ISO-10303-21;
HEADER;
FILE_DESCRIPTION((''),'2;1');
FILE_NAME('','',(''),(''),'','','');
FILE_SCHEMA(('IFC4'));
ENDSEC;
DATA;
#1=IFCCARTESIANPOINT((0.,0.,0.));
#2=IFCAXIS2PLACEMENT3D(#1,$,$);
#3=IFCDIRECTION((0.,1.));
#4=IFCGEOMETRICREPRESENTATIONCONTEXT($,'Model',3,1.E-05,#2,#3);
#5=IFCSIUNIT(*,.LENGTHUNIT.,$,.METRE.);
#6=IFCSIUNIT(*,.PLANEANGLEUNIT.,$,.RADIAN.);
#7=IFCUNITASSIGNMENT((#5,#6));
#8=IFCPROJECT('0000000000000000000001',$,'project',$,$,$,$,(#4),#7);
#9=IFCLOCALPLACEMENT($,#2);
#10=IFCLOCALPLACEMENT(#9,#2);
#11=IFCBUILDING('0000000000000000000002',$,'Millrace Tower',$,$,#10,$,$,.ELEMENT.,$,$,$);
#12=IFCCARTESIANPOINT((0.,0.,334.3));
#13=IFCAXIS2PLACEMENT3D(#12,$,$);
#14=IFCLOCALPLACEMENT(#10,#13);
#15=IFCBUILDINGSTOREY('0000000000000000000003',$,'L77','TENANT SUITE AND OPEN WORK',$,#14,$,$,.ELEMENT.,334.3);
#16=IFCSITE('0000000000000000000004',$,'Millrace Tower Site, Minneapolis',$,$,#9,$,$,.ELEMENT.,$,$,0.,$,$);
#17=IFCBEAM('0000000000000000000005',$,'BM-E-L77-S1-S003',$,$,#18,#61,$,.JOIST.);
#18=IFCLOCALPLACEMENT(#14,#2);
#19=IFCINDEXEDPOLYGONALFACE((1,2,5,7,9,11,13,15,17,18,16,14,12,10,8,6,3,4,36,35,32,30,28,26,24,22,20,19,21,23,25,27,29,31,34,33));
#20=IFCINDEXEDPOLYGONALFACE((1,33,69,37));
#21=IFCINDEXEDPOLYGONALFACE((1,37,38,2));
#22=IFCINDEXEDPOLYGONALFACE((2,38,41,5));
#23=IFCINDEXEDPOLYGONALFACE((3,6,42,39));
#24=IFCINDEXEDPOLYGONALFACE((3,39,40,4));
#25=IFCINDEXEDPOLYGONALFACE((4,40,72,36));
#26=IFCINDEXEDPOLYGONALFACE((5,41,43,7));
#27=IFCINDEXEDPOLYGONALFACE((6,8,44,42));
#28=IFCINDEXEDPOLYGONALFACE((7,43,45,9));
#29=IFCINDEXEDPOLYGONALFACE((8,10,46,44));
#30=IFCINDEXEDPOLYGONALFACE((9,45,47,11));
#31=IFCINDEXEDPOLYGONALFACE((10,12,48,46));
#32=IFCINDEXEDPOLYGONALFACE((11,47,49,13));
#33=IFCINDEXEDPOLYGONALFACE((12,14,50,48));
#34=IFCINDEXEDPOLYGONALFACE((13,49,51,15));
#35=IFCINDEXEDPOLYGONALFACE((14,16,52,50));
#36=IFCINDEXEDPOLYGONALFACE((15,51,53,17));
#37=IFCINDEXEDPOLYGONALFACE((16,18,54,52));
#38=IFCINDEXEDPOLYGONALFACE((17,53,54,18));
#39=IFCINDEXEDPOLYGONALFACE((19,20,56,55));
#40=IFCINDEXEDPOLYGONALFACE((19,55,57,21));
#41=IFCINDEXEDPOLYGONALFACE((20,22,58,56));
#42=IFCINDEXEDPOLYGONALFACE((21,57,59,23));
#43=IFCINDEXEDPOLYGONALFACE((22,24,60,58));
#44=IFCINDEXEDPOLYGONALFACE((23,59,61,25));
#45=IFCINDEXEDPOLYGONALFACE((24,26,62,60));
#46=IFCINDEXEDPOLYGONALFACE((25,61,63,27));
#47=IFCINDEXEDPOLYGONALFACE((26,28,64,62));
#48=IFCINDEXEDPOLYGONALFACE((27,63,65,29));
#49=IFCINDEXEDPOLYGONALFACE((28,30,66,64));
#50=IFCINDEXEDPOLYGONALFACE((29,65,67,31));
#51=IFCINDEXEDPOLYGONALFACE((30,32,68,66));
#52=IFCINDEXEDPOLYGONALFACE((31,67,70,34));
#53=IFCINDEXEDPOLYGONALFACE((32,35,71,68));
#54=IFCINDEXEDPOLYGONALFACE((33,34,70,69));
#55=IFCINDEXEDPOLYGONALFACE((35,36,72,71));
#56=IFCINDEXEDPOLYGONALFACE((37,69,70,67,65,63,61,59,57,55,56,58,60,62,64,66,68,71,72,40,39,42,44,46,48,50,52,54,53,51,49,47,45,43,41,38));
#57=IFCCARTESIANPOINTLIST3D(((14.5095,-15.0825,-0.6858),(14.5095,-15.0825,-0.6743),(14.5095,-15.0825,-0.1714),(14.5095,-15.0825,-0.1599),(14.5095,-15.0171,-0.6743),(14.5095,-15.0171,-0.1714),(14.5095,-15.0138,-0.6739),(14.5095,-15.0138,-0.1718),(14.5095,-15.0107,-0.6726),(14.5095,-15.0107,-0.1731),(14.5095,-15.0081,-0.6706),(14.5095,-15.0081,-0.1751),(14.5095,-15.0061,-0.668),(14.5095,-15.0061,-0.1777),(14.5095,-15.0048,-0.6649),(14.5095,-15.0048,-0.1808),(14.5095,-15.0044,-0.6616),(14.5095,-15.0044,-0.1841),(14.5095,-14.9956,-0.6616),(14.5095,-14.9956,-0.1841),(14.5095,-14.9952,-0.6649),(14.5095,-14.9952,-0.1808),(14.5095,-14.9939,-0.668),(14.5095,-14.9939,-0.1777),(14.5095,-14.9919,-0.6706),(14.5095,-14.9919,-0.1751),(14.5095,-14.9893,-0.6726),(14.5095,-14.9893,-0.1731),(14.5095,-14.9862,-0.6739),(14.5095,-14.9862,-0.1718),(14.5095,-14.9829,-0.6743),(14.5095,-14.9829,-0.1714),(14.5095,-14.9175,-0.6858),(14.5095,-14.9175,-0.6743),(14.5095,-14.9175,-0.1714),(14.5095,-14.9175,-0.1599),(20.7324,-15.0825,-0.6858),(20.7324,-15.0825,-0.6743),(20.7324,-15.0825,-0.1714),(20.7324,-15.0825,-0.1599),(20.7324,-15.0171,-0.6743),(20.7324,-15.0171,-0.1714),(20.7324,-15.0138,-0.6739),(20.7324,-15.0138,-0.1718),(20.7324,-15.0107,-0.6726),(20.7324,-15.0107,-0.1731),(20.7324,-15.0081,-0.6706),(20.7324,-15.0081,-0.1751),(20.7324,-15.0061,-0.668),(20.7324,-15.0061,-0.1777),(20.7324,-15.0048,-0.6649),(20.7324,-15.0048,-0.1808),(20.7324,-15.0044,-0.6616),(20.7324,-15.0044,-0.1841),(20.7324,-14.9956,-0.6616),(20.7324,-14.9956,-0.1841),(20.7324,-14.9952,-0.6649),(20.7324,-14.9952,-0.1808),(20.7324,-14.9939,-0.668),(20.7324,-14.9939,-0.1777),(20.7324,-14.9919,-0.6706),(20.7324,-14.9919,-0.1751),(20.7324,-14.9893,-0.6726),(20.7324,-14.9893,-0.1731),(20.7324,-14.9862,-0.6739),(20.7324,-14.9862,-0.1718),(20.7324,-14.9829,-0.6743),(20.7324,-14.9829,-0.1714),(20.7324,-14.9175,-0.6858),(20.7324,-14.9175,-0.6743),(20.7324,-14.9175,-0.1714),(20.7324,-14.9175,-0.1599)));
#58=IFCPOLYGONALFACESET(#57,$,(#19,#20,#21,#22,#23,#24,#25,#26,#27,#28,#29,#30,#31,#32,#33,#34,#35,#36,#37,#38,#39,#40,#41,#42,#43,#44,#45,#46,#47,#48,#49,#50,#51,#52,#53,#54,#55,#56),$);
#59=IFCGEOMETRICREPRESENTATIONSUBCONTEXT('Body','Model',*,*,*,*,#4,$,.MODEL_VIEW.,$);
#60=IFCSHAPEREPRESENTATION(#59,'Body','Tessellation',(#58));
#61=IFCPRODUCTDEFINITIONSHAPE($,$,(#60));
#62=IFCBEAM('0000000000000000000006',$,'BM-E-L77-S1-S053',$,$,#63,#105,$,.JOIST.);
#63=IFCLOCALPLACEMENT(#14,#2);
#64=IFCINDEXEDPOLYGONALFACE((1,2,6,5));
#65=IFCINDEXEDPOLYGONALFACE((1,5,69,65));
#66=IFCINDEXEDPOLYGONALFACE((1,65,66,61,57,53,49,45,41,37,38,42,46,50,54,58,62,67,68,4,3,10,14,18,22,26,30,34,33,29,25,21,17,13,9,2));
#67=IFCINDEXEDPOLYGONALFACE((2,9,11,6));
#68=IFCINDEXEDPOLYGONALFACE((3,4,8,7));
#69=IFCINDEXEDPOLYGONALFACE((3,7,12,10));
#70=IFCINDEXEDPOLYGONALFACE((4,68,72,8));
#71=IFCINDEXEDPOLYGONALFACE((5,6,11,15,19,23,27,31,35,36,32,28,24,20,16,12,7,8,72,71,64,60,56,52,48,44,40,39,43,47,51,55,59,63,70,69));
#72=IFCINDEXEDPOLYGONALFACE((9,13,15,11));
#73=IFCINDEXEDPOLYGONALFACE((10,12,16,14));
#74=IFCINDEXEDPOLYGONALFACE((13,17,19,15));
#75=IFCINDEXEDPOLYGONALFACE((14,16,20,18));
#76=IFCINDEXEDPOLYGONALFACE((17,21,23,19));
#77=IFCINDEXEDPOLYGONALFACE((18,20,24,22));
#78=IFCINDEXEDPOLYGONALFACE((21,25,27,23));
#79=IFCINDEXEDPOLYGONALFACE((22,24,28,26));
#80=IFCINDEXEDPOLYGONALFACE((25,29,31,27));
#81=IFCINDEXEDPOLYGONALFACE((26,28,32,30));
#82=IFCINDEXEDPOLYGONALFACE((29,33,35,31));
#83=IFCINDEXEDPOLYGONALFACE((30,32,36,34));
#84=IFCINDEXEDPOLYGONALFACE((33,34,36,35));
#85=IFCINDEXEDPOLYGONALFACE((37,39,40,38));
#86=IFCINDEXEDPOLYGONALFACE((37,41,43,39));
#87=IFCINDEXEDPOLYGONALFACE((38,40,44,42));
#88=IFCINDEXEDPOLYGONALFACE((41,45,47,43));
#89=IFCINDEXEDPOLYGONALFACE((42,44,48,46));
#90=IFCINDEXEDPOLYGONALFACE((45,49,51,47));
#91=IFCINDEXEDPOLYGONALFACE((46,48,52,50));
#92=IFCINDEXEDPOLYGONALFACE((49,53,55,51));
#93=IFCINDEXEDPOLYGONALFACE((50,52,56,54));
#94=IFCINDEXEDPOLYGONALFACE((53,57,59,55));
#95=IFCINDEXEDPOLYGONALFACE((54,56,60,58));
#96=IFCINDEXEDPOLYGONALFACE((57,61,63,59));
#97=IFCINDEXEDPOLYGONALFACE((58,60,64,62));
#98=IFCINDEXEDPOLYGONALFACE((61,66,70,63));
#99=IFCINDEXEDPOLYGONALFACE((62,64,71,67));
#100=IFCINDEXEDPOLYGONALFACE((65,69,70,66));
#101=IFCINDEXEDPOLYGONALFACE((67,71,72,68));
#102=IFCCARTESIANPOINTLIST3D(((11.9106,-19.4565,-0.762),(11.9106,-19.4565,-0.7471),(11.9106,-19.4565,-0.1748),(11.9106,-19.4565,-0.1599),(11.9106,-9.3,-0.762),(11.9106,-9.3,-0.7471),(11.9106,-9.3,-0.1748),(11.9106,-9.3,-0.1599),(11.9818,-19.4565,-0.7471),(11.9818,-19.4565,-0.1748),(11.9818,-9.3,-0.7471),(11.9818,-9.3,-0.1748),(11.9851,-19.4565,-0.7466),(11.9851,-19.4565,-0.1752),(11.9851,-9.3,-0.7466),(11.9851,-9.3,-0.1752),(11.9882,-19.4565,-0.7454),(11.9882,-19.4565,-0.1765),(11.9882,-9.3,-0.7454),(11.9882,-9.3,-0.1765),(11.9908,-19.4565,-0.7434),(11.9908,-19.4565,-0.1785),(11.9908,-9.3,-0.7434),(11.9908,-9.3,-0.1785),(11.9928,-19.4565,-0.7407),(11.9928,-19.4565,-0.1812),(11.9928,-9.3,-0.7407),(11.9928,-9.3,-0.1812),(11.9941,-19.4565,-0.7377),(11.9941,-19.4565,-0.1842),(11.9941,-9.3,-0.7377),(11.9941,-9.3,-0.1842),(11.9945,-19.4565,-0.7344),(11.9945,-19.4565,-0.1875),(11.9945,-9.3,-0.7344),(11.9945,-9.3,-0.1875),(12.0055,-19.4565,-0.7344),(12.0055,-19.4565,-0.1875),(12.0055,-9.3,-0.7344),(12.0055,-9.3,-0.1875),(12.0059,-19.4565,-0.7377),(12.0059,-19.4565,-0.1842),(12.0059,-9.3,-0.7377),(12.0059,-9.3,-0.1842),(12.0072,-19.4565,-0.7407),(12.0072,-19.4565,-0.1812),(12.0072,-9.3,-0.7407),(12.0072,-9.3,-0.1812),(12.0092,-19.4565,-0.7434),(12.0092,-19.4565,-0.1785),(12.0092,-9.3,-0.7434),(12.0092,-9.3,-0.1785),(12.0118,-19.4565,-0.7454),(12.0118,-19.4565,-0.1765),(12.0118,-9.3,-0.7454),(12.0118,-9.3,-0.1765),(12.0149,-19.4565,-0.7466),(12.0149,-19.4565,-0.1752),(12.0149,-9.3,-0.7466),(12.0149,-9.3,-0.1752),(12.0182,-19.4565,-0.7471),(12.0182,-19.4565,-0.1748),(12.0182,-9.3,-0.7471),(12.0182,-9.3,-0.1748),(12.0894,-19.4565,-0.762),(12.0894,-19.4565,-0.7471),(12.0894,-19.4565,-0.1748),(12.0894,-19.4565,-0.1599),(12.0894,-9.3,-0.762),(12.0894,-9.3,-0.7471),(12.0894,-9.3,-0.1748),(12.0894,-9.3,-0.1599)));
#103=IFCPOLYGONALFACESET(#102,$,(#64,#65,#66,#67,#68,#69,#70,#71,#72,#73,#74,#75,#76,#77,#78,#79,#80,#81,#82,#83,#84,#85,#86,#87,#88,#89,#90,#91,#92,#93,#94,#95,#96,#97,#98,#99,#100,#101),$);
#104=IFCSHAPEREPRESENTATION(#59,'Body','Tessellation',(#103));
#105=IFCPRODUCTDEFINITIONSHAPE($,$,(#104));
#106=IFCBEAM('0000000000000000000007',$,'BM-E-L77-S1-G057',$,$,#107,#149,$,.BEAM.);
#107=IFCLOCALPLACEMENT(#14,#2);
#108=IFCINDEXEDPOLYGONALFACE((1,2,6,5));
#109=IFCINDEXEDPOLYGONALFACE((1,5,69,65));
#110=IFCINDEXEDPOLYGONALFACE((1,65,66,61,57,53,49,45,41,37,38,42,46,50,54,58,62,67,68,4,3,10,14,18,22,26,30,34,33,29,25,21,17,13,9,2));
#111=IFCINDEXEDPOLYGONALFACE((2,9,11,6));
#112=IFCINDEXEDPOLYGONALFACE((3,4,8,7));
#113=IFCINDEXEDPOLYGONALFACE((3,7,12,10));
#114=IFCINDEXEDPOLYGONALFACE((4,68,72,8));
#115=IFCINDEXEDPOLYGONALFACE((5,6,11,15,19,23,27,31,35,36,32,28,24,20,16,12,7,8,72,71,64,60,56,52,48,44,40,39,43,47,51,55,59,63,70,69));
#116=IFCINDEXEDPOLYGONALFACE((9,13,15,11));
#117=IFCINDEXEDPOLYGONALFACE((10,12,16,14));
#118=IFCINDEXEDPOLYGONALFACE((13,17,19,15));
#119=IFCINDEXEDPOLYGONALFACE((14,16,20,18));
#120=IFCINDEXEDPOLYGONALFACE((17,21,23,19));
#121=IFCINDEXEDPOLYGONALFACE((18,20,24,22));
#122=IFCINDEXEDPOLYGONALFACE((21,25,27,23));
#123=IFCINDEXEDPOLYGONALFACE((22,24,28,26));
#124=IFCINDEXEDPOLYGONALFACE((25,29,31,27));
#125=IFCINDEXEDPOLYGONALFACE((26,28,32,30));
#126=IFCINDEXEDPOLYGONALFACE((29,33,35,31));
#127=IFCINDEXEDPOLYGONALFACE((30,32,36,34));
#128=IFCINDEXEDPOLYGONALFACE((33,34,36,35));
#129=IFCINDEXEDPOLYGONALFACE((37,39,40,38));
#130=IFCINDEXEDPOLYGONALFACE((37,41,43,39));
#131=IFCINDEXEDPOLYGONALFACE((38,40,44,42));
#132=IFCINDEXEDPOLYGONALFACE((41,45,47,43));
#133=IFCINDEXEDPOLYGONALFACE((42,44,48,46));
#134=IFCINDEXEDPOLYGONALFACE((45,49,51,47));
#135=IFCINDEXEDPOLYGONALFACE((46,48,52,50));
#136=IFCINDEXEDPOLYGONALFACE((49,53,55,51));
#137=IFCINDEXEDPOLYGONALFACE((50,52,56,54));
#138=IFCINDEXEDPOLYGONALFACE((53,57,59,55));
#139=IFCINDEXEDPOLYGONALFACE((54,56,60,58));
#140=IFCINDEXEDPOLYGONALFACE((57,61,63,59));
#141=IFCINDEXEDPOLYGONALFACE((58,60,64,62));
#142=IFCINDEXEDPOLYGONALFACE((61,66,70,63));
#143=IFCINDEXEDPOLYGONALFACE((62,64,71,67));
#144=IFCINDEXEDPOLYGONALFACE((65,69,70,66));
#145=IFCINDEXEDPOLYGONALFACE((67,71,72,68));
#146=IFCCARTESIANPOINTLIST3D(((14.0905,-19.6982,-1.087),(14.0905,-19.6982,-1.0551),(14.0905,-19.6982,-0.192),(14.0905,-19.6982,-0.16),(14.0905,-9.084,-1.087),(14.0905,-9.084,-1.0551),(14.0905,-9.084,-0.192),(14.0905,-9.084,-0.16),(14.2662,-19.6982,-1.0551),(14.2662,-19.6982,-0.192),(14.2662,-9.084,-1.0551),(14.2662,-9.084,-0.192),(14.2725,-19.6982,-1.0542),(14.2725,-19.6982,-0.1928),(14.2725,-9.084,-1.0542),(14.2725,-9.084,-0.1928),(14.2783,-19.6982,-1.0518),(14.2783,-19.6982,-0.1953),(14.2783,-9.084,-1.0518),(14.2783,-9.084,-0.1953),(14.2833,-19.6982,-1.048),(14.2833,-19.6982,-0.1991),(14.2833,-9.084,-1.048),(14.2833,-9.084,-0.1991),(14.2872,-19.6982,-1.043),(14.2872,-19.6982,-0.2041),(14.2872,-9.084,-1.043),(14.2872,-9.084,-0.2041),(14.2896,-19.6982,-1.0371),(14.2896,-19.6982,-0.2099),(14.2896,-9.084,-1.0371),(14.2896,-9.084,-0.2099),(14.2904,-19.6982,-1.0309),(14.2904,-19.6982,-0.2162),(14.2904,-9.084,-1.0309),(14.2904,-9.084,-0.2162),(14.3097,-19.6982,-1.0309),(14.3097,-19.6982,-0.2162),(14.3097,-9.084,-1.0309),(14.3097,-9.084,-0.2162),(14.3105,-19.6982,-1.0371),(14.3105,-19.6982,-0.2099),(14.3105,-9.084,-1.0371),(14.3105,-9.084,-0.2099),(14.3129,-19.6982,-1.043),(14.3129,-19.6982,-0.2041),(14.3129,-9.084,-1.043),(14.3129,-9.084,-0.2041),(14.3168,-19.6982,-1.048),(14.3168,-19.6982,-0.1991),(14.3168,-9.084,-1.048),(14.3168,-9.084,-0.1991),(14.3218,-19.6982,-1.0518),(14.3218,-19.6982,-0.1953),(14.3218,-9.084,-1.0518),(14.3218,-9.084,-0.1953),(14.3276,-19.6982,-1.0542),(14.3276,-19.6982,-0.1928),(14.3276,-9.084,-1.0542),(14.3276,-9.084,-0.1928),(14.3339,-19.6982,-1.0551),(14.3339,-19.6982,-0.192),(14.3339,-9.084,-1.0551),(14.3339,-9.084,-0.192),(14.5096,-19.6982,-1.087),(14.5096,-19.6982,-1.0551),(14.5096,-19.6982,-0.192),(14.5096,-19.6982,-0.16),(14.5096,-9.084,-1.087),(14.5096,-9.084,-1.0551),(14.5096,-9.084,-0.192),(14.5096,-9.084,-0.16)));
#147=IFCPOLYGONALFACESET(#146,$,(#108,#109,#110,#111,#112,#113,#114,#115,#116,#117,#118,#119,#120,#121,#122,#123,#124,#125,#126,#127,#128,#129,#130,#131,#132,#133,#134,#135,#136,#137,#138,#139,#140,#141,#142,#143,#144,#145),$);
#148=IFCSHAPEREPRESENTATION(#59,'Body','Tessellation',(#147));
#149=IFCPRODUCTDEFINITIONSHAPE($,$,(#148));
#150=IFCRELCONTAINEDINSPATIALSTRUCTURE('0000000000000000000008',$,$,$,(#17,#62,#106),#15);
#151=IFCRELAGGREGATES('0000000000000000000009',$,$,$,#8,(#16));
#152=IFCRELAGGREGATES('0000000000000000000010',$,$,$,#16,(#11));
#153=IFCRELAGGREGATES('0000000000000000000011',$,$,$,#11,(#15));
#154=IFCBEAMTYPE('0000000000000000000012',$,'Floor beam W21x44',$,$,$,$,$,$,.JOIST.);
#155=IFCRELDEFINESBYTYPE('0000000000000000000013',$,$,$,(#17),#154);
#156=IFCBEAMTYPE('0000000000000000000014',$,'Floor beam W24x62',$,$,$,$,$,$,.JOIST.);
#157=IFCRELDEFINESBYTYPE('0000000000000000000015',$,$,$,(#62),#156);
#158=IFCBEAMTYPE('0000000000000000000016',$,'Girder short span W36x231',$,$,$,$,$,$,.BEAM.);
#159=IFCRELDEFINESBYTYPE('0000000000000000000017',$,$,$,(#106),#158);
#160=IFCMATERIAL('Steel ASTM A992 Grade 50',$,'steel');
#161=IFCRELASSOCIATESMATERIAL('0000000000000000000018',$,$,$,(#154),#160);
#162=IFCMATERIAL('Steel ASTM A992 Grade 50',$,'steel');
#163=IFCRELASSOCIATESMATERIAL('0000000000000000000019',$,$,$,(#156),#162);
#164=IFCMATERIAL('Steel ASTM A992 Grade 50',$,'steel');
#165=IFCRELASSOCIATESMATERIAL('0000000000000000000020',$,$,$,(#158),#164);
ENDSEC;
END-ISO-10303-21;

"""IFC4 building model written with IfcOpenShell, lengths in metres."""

from ifc_helpers import new_model, si_unit, direction, frame, origin, origin_2d, place, context, subcontext, project, spatial, i_section, extrude, material, material_profile, profile_set, type_object, element, save


model = new_model("IFC4")

# Units and contexts
model_context = context("Model", 3, precision=1e-05, world=origin(), true_north=direction((0.0, 1.0)))
body_context = subcontext(model_context, "Body", "Model", "MODEL_VIEW")
ifc_project = project(units=[si_unit("LENGTHUNIT", "METRE"), si_unit("PLANEANGLEUNIT", "RADIAN")], contexts=[model_context])

# Site, building, storey
site_placement = place(None, origin())
site = spatial("IfcSite", under=ifc_project, at=site_placement, Name="Millrace Tower Site, Minneapolis", CompositionType="ELEMENT", RefElevation=0.0)
building_placement = place(site_placement, origin())
building = spatial("IfcBuilding", under=site, at=building_placement, Name="Millrace Tower", CompositionType="ELEMENT")
storey_placement = place(building_placement, frame((0.0, 0.0, 334.3)))
storey = spatial("IfcBuildingStorey", under=building, at=storey_placement, Name="L77", Description="TENANT SUITE AND OPEN WORK", CompositionType="ELEMENT", Elevation=334.3)

# Beams
ifc_material_1 = material(Name="Steel ASTM A992 Grade 50", Category="steel")
ifc_material_profile_1 = material_profile(ifc_material_1, i_section(OverallWidth=0.165, OverallDepth=0.5259, WebThickness=0.0088, FlangeThickness=0.0115, FilletRadius=0.0127, at=origin_2d()))
ifc_profile_set_1 = profile_set([ifc_material_profile_1], Name="Steel ASTM A992 Grade 50")
beam_type_1 = type_object("IfcBeamType", Name="Floor beam W21x44", PredefinedType="JOIST", material=ifc_profile_set_1)
beam_1_placement = place(storey_placement, frame((14.5095, -15.0, -0.4229), z_axis=(1.0, 0.0, 0.0), x_axis=(0.0, 1.0, 0.0)))
element("IfcBeam", 1, at=beam_1_placement, inside=storey, type_object=beam_type_1, Name="BM-E-L77-S1-S003", PredefinedType="JOIST", context=body_context, shape_type="SweptSolid", body=[
    extrude(i_section(OverallWidth=0.165, OverallDepth=0.5259, WebThickness=0.0088, FlangeThickness=0.0115, FilletRadius=0.0127, at=origin_2d()), origin(), (0.0, 0.0, 1.0), 6.2229),
])
ifc_material_2 = material(Name="Steel ASTM A992 Grade 50", Category="steel")
ifc_material_profile_2 = material_profile(ifc_material_2, i_section(OverallWidth=0.1787, OverallDepth=0.6021, WebThickness=0.011, FlangeThickness=0.0149, FilletRadius=0.0127, at=origin_2d()))
ifc_profile_set_2 = profile_set([ifc_material_profile_2], Name="Steel ASTM A992 Grade 50")
beam_type_2 = type_object("IfcBeamType", Name="Floor beam W24x62", PredefinedType="JOIST", material=ifc_profile_set_2)
beam_2_placement = place(storey_placement, frame((12.0, -19.4565, -0.4609), z_axis=(0.0, 1.0, 0.0), x_axis=(-1.0, 0.0, 0.0)))
element("IfcBeam", 2, at=beam_2_placement, inside=storey, type_object=beam_type_2, Name="BM-E-L77-S1-S053", PredefinedType="JOIST", context=body_context, shape_type="SweptSolid", body=[
    extrude(i_section(OverallWidth=0.1787, OverallDepth=0.6021, WebThickness=0.011, FlangeThickness=0.0149, FilletRadius=0.0127, at=origin_2d()), origin(), (0.0, 0.0, 1.0), 10.1565),
])
ifc_material_3 = material(Name="Steel ASTM A992 Grade 50", Category="steel")
ifc_material_profile_3 = material_profile(ifc_material_3, i_section(OverallWidth=0.4192, OverallDepth=0.927, WebThickness=0.0193, FlangeThickness=0.032, FilletRadius=0.0242, at=origin_2d()))
ifc_profile_set_3 = profile_set([ifc_material_profile_3], Name="Steel ASTM A992 Grade 50")
beam_type_3 = type_object("IfcBeamType", Name="Girder short span W36x231", PredefinedType="BEAM", material=ifc_profile_set_3)
beam_3_placement = place(storey_placement, frame((14.3, -19.6982, -0.6235), z_axis=(0.0, 1.0, 0.0), x_axis=(-1.0, 0.0, 0.0)))
element("IfcBeam", 3, at=beam_3_placement, inside=storey, type_object=beam_type_3, Name="BM-E-L77-S1-G057", PredefinedType="BEAM", context=body_context, shape_type="SweptSolid", body=[
    extrude(i_section(OverallWidth=0.4192, OverallDepth=0.927, WebThickness=0.0193, FlangeThickness=0.032, FilletRadius=0.0242, at=origin_2d()), origin(), (0.0, 0.0, 1.0), 10.6143),
])

save(model, "model.ifc")
